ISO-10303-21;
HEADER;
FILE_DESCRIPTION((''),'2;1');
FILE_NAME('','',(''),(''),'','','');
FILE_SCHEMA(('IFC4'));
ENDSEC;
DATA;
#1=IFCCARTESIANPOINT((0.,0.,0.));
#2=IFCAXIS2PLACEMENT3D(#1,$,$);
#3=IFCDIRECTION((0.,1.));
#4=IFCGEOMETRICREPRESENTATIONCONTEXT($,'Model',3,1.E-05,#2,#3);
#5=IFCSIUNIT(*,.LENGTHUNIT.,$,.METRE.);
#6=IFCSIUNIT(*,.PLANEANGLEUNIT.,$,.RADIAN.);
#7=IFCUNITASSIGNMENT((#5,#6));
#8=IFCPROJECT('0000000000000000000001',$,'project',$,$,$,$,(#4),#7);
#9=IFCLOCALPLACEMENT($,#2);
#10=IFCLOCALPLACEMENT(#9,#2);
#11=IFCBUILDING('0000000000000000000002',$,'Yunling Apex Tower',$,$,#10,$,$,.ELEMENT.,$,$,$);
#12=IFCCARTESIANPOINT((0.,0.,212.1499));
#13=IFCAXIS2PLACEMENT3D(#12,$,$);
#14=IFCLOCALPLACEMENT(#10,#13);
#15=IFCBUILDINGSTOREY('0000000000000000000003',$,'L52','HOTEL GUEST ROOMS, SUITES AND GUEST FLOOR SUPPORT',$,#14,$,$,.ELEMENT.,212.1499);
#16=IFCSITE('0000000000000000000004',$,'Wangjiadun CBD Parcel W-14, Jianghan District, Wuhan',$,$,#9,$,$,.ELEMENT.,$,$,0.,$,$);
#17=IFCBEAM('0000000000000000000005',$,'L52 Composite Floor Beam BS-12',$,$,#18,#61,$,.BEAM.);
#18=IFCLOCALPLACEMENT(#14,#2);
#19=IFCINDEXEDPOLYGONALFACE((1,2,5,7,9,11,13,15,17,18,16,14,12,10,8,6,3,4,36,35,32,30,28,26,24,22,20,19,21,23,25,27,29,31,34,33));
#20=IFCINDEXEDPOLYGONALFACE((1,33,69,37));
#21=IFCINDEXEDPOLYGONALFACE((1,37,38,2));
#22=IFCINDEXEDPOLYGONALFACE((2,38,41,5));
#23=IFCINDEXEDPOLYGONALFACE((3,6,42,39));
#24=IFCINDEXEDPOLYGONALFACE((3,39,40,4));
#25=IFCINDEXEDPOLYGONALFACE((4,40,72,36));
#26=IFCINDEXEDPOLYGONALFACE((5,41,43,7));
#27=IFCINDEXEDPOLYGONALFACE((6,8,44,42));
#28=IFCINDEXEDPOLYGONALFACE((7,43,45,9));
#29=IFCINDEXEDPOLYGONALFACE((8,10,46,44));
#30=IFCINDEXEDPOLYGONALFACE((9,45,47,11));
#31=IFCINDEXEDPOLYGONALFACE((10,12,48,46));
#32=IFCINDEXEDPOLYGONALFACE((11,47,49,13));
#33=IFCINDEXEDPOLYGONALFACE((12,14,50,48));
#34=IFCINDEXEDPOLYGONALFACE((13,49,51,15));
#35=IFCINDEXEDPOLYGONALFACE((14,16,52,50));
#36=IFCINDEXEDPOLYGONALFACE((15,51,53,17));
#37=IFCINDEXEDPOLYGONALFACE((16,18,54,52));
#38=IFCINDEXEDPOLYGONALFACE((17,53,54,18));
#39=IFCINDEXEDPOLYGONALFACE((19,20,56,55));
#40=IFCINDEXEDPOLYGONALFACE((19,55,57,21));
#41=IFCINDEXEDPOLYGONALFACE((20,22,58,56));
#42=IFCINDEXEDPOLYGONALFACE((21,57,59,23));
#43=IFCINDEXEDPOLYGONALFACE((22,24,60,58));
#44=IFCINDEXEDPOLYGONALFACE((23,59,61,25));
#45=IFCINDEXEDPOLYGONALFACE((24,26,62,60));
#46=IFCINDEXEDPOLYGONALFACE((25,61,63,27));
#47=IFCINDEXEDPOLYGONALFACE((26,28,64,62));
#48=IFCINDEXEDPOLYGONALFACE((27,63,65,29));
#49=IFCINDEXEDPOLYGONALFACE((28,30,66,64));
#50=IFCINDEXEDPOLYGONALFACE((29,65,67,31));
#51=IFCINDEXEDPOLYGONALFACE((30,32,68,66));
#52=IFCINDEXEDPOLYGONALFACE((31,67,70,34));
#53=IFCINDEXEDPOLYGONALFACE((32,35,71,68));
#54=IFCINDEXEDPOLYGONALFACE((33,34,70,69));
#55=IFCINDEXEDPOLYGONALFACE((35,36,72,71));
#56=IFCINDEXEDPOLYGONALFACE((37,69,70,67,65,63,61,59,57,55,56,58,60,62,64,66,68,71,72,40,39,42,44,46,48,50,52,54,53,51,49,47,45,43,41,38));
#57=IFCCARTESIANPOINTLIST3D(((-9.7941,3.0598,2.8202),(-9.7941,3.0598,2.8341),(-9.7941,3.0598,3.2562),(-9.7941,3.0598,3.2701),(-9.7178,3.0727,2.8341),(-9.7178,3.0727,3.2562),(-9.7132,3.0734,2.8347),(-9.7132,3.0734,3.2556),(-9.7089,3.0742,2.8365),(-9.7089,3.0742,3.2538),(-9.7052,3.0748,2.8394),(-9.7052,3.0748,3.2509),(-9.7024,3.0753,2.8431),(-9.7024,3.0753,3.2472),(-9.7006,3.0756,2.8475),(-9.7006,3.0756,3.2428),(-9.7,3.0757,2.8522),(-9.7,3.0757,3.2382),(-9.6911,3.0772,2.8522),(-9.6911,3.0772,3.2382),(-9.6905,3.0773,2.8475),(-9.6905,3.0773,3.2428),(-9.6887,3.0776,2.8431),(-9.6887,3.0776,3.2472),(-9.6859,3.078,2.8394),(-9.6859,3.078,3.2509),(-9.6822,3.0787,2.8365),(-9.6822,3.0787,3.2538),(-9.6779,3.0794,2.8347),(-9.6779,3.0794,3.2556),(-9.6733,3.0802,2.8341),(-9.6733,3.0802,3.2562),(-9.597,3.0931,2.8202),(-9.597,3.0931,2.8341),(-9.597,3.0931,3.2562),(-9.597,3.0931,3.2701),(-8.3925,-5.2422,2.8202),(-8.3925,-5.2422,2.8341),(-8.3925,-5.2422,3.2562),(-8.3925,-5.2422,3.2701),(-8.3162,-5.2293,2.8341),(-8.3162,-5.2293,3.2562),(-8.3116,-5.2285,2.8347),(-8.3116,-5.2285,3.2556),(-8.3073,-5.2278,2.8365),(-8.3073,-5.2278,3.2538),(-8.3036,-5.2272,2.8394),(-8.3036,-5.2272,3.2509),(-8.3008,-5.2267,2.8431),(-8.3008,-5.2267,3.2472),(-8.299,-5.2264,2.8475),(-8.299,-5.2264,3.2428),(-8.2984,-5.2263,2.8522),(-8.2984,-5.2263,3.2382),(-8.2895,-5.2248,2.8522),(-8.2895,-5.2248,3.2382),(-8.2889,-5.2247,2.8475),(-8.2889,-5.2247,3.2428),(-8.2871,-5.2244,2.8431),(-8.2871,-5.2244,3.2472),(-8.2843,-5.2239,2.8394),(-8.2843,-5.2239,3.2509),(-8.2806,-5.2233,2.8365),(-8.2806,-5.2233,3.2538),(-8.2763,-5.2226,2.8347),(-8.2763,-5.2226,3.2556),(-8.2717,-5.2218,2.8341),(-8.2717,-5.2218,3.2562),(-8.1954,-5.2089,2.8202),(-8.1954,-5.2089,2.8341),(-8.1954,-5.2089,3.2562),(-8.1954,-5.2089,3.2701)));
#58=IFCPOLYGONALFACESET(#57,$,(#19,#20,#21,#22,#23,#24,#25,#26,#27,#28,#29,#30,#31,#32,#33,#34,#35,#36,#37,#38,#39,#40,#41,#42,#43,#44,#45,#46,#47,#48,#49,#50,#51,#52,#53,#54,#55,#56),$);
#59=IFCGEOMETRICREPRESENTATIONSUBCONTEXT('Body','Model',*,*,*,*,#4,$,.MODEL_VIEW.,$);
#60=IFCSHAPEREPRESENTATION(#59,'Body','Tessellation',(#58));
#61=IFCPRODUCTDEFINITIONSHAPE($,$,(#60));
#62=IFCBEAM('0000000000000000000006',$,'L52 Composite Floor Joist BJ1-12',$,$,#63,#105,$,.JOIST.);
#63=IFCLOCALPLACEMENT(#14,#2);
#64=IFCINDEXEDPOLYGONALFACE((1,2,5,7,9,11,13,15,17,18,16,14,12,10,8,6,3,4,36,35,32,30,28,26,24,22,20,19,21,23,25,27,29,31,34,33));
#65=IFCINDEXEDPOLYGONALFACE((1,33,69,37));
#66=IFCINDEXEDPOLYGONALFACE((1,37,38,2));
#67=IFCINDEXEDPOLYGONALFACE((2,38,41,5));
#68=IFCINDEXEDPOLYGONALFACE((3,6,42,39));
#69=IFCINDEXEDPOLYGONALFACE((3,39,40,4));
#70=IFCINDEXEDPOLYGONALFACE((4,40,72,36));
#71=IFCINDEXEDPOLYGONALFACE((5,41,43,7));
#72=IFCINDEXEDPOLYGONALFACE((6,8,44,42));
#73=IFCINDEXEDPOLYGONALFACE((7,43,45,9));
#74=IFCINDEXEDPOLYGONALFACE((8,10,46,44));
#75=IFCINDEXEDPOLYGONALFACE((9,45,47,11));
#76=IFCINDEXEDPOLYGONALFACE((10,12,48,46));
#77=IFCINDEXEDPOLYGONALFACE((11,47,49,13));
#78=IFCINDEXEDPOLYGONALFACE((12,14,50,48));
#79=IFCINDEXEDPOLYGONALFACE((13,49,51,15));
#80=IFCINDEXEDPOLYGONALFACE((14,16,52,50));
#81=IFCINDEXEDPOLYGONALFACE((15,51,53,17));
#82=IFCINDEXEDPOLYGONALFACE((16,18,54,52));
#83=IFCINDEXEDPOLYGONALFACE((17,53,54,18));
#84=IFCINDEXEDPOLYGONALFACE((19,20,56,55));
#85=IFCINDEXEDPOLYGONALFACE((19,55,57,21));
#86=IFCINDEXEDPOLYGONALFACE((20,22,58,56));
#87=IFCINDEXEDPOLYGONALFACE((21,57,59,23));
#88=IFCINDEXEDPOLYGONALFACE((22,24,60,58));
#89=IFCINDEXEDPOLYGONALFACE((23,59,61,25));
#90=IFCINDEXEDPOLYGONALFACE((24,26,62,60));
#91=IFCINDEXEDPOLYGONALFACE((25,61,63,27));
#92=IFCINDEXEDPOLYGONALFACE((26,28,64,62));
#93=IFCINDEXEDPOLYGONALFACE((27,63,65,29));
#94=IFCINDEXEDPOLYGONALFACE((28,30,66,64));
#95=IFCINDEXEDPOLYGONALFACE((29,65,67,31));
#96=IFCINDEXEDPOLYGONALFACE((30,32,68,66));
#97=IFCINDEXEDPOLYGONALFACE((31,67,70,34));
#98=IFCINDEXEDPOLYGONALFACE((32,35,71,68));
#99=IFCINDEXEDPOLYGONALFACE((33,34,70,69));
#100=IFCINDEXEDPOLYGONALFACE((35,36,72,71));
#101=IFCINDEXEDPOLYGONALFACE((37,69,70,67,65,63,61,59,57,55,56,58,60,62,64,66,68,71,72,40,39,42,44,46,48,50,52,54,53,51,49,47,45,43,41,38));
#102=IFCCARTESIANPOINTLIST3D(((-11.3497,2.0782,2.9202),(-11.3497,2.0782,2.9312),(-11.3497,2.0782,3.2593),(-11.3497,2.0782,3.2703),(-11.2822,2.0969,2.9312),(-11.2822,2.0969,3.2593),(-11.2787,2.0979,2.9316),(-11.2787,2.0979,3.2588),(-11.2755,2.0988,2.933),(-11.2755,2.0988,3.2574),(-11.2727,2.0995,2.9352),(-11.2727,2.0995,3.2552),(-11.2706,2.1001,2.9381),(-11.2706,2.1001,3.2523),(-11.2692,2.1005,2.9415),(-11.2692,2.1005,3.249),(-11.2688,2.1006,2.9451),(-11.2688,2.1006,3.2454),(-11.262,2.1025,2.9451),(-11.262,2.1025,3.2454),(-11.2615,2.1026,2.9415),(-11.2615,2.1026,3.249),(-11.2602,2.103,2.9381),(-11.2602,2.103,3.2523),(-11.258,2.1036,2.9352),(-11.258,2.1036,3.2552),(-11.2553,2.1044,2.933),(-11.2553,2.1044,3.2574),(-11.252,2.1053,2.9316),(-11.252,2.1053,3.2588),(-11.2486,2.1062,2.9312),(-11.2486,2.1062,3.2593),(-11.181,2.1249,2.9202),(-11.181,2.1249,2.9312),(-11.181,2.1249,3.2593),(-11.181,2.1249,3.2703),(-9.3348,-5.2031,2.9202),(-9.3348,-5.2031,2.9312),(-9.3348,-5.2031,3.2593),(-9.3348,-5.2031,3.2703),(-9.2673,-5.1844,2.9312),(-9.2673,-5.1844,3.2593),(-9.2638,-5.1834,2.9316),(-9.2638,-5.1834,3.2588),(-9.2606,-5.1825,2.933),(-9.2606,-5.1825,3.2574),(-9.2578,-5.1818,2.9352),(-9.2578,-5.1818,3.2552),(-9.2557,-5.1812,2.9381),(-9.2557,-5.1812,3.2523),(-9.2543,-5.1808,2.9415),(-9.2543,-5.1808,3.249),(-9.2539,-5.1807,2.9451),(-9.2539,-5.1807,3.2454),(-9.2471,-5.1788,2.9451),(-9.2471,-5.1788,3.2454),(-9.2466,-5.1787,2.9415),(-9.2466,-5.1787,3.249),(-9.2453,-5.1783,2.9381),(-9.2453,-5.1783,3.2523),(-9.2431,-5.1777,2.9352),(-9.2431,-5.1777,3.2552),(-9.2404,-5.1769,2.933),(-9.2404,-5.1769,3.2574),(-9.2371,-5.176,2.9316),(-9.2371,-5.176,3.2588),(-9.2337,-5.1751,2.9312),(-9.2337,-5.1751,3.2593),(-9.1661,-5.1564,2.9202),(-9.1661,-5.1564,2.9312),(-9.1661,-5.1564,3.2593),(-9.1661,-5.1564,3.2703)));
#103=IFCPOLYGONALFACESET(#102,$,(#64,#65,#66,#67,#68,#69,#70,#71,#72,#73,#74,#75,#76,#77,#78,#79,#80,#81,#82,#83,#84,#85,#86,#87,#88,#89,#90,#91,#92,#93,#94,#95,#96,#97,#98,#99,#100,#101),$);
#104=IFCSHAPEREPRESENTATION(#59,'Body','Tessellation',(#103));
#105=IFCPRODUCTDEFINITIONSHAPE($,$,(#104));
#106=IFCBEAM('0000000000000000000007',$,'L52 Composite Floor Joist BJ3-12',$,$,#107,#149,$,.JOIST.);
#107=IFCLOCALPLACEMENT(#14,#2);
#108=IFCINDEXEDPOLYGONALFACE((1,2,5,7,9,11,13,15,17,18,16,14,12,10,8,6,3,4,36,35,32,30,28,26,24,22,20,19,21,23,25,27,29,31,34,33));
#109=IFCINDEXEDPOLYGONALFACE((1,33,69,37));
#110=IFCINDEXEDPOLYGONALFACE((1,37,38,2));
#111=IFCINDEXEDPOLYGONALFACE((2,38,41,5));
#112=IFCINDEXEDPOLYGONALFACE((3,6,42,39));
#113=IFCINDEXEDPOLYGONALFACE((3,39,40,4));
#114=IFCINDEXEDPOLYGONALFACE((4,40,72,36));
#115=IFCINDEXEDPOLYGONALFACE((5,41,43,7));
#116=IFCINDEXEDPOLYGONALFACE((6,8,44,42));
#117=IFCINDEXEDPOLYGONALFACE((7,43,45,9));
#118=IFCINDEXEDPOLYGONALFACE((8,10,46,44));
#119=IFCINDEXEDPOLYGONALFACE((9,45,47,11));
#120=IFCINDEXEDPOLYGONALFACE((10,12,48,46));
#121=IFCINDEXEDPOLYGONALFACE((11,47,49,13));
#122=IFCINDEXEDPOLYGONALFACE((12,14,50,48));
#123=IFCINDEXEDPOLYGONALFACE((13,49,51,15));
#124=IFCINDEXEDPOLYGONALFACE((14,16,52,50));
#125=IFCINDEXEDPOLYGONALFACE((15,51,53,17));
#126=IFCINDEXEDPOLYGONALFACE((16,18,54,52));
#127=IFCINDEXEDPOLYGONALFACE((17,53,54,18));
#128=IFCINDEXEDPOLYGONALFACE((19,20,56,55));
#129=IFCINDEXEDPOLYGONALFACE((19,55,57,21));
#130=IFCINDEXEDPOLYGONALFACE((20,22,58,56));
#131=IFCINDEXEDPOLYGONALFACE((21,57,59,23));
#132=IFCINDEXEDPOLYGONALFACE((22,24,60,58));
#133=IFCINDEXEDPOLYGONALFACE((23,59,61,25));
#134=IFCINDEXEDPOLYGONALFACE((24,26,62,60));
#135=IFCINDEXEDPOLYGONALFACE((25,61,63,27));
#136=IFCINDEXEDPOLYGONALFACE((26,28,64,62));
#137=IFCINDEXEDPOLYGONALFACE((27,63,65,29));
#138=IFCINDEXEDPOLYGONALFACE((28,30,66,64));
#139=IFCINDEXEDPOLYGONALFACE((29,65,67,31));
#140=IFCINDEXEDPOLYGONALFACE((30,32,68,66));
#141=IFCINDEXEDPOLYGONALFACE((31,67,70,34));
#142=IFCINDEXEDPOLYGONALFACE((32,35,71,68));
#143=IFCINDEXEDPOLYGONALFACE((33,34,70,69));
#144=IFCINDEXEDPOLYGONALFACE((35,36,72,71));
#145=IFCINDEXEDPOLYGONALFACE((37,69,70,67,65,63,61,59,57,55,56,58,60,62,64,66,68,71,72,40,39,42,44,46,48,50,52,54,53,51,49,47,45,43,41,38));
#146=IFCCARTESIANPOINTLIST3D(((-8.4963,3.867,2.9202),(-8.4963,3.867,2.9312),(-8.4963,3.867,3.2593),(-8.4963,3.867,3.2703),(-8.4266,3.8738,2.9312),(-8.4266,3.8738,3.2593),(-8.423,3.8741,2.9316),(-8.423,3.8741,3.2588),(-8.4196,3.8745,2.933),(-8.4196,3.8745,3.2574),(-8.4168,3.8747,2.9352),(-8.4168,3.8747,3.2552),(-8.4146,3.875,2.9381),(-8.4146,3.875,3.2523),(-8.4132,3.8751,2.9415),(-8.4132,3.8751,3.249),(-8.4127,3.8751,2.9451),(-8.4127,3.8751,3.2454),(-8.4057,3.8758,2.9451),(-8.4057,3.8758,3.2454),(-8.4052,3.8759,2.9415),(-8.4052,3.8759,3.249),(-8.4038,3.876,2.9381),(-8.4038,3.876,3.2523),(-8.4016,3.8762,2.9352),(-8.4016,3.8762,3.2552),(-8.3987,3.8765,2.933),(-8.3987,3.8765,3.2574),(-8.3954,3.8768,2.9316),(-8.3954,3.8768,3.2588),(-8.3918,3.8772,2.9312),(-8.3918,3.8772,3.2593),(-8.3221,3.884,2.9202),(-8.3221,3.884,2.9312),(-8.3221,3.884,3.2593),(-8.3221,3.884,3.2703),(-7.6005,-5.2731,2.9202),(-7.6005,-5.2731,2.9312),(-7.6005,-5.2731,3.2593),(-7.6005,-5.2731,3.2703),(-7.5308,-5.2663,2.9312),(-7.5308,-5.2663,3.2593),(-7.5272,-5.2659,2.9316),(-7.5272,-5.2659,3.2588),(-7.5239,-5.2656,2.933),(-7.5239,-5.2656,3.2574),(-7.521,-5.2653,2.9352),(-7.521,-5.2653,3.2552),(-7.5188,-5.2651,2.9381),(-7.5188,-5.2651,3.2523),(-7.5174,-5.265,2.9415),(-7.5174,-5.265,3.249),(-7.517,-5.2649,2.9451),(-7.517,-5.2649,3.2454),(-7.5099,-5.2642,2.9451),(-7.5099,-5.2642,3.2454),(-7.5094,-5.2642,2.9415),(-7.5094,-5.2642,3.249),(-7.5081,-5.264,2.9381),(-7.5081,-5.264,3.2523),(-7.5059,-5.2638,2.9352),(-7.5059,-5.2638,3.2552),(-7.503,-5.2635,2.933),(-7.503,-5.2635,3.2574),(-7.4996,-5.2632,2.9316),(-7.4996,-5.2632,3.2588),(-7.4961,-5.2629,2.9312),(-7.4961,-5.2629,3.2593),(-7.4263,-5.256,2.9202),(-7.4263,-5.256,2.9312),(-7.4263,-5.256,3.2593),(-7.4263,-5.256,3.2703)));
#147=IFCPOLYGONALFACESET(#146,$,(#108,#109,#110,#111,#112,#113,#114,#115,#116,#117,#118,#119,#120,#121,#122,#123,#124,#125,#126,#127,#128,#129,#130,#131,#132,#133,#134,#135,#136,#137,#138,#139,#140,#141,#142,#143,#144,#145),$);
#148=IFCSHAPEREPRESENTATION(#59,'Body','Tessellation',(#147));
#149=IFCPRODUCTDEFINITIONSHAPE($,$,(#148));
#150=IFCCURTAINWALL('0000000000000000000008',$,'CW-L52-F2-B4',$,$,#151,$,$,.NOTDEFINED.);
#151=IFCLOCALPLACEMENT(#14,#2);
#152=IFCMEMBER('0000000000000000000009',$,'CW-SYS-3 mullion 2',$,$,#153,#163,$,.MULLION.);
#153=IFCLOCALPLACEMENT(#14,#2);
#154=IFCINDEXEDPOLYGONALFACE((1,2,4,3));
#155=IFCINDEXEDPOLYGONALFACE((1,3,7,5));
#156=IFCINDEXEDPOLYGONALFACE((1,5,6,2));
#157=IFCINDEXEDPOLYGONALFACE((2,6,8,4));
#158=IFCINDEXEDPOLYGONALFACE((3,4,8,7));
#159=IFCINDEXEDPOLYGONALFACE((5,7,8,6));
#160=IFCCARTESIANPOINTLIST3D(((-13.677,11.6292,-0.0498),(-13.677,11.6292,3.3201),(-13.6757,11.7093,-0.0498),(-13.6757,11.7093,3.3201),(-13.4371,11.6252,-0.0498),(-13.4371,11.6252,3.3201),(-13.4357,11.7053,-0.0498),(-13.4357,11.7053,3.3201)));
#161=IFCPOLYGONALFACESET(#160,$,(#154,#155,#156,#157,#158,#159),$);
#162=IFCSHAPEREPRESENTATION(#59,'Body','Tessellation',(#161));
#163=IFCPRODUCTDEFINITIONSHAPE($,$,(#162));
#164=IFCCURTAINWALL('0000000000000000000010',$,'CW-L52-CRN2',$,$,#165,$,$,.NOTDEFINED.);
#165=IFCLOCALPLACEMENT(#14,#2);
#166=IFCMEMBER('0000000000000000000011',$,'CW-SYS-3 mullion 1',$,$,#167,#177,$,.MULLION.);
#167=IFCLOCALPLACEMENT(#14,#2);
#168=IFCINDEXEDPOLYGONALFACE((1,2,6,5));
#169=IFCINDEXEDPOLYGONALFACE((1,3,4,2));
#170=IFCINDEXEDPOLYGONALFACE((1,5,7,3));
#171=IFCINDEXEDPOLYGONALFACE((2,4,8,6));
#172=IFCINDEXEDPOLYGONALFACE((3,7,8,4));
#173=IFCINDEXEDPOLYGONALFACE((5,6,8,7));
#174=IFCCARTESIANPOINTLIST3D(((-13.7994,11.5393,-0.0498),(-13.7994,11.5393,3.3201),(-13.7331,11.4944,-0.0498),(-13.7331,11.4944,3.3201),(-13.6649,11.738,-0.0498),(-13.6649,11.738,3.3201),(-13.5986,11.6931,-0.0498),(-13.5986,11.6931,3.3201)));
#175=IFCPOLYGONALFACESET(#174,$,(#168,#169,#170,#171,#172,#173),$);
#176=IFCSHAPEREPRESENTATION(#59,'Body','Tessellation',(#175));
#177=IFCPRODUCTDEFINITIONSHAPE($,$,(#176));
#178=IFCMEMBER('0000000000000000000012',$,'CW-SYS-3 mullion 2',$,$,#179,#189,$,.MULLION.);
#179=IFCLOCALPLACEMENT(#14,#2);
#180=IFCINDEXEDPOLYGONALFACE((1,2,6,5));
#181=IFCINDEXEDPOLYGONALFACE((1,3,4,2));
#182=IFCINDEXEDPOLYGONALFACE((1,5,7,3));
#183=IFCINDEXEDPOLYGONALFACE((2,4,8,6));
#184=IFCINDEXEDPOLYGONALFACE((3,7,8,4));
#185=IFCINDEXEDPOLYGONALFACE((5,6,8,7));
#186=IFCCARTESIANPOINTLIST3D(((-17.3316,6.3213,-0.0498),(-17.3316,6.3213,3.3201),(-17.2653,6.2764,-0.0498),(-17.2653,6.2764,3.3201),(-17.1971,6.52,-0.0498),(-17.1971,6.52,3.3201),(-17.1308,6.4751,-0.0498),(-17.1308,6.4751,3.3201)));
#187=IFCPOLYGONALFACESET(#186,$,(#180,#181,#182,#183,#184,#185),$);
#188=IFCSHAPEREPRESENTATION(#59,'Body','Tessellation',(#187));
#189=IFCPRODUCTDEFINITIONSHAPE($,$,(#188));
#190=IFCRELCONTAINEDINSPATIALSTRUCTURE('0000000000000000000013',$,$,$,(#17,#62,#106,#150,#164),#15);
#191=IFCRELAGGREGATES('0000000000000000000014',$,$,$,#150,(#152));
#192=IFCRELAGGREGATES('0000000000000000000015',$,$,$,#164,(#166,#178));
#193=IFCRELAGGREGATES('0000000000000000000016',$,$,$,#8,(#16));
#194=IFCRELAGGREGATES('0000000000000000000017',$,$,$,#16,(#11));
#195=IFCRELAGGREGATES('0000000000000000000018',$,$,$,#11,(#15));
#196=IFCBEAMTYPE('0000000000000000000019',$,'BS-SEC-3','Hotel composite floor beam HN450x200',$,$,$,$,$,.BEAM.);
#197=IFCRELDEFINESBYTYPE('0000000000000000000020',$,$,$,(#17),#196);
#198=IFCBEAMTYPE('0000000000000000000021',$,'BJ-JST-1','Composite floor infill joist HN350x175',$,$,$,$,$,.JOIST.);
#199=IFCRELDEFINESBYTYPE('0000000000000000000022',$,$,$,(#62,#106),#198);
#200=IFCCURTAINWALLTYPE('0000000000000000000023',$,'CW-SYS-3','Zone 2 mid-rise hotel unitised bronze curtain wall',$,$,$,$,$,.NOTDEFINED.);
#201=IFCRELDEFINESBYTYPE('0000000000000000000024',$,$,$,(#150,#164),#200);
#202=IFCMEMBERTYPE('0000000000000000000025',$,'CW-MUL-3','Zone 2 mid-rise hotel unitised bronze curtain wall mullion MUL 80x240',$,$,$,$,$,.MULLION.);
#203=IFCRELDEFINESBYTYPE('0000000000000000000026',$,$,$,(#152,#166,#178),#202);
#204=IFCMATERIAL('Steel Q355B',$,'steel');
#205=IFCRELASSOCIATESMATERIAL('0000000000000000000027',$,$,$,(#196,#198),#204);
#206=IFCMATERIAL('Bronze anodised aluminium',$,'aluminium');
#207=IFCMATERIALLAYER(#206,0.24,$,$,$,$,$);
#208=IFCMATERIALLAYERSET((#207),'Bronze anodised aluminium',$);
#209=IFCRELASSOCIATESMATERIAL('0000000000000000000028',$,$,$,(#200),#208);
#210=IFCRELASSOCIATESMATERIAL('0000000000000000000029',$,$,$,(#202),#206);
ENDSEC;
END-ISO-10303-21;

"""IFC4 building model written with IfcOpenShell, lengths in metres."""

from ifc_helpers import new_model, si_unit, direction, frame, origin, origin_2d, place, context, subcontext, project, spatial, rectangle, i_section, extrude, source, transform, mapped, material, layer, layer_set, material_profile, profile_set, type_object, element, aggregate, save


model = new_model("IFC4")

# Units and contexts
model_context = context("Model", 3, precision=1e-05, world=origin(), true_north=direction((0.0, 1.0)))
body_context = subcontext(model_context, "Body", "Model", "MODEL_VIEW")
ifc_project = project(units=[si_unit("LENGTHUNIT", "METRE"), si_unit("PLANEANGLEUNIT", "RADIAN")], contexts=[model_context])

# Site, building, storey
site_placement = place(None, origin())
site = spatial("IfcSite", under=ifc_project, at=site_placement, Name="Wangjiadun CBD Parcel W-14, Jianghan District, Wuhan", CompositionType="ELEMENT", RefElevation=0.0)
building_placement = place(site_placement, origin())
building = spatial("IfcBuilding", under=site, at=building_placement, Name="Yunling Apex Tower", CompositionType="ELEMENT")
storey_placement = place(building_placement, frame((0.0, 0.0, 212.1499)))
storey = spatial("IfcBuildingStorey", under=building, at=storey_placement, Name="L52", Description="HOTEL GUEST ROOMS, SUITES AND GUEST FLOOR SUPPORT", CompositionType="ELEMENT", Elevation=212.1499)

# Beams
ifc_material_1 = material(Name="Steel Q355B", Category="steel")
ifc_material_profile_1 = material_profile(ifc_material_1, i_section(OverallWidth=0.2, OverallDepth=0.45, WebThickness=0.009, FlangeThickness=0.0139, FilletRadius=0.0181, at=origin_2d()))
ifc_profile_set_1 = profile_set([ifc_material_profile_1], Name="Steel Q355B")
beam_type_1 = type_object("IfcBeamType", Name="BS-SEC-3", Description="Hotel composite floor beam HN450x200", PredefinedType="BEAM", material=ifc_profile_set_1)
ifc_material_profile_2 = material_profile(ifc_material_1, i_section(OverallWidth=0.175, OverallDepth=0.3501, WebThickness=0.0071, FlangeThickness=0.011, FilletRadius=0.0139, at=origin_2d()))
ifc_profile_set_2 = profile_set([ifc_material_profile_2], Name="Steel Q355B")
beam_type_2 = type_object("IfcBeamType", Name="BJ-JST-1", Description="Composite floor infill joist HN350x175", PredefinedType="JOIST", material=ifc_profile_set_2)
shared_shape_1 = source(origin(), body_context, "Body", "SweptSolid", [
    extrude(i_section(OverallWidth=0.2, OverallDepth=0.45, WebThickness=0.009, FlangeThickness=0.0139, FilletRadius=0.0181, at=origin_2d()), origin(), (0.0, 0.0, 1.0), 8.4194),
])
beam_1_placement = place(storey_placement, frame((-9.6956, 3.0764, 3.0452), z_axis=(0.166472, -0.986046, 0.0), x_axis=(0.986046, 0.166472, 0.0)))
element("IfcBeam", 1, at=beam_1_placement, inside=storey, type_object=beam_type_1, Name="L52 Composite Floor Beam BS-12", PredefinedType="BEAM", context=body_context, shape_type="MappedRepresentation", body=[
    mapped(shared_shape_1, transform((0.0, 0.0, 0.0), scale=1.0)),
])
shared_shape_2 = source(origin(), body_context, "Body", "SweptSolid", [
    extrude(i_section(OverallWidth=0.175, OverallDepth=0.3501, WebThickness=0.0071, FlangeThickness=0.011, FilletRadius=0.0139, at=origin_2d()), origin(), (0.0, 0.0, 1.0), 7.5549),
])
beam_2_placement = place(storey_placement, frame((-11.2654, 2.1016, 3.0952), z_axis=(0.2667, -0.963779, 0.0), x_axis=(0.963779, 0.2667, 0.0)))
element("IfcBeam", 2, at=beam_2_placement, inside=storey, type_object=beam_type_2, Name="L52 Composite Floor Joist BJ1-12", PredefinedType="JOIST", context=body_context, shape_type="MappedRepresentation", body=[
    mapped(shared_shape_2, transform((0.0, 0.0, 0.0), scale=1.0)),
])
shared_shape_3 = source(origin(), body_context, "Body", "SweptSolid", [
    extrude(i_section(OverallWidth=0.175, OverallDepth=0.3501, WebThickness=0.0071, FlangeThickness=0.011, FilletRadius=0.0139, at=origin_2d()), origin(), (0.0, 0.0, 1.0), 9.1838),
])
beam_3_placement = place(storey_placement, frame((-8.4092, 3.8755, 3.0952), z_axis=(0.097535, -0.995232, 0.0), x_axis=(0.995232, 0.097535, 0.0)))
element("IfcBeam", 3, at=beam_3_placement, inside=storey, type_object=beam_type_2, Name="L52 Composite Floor Joist BJ3-12", PredefinedType="JOIST", context=body_context, shape_type="MappedRepresentation", body=[
    mapped(shared_shape_3, transform((0.0, 0.0, 0.0), scale=1.0)),
])

# Curtain wall, member
ifc_material_2 = material(Name="Bronze anodised aluminium", Category="aluminium")
ifc_layer_1 = layer(ifc_material_2, 0.24)
ifc_layer_set_1 = layer_set([ifc_layer_1], Name="Bronze anodised aluminium")
curtain_wall_type = type_object("IfcCurtainWallType", Name="CW-SYS-3", Description="Zone 2 mid-rise hotel unitised bronze curtain wall", PredefinedType="NOTDEFINED", material=ifc_layer_set_1)
curtain_wall_1_placement = place(storey_placement, origin())
curtain_wall_1 = element("IfcCurtainWall", 4, at=curtain_wall_1_placement, inside=storey, type_object=curtain_wall_type, Name="CW-L52-F2-B4", PredefinedType="NOTDEFINED")
ifc_material_profile_3 = material_profile(ifc_material_2, rectangle(XDim=0.0801, YDim=0.24, at=origin_2d()))
ifc_profile_set_3 = profile_set([ifc_material_profile_3], Name="Bronze anodised aluminium")
member_type_1 = type_object("IfcMemberType", Name="CW-MUL-3", Description="Zone 2 mid-rise hotel unitised bronze curtain wall mullion MUL 80x240", PredefinedType="MULLION", material=ifc_profile_set_3)
shared_shape_4 = source(origin(), body_context, "Body", "SweptSolid", [
    extrude(rectangle(XDim=0.0801, YDim=0.24, at=origin_2d()), origin(), (0.0, 0.0, 1.0), 3.3699),
])
member_1_placement = place(storey_placement, frame((-13.5564, 11.6672, -0.0498), z_axis=(0.0, 0.0, 1.0), x_axis=(-0.016761, -0.99986, 0.0)))
member_1 = element("IfcMember", 5, at=member_1_placement, type_object=member_type_1, Name="CW-SYS-3 mullion 2", PredefinedType="MULLION", context=body_context, shape_type="MappedRepresentation", body=[
    mapped(shared_shape_4, transform((0.0, 0.0, 0.0), scale=1.0)),
])

# Curtain wall, members
curtain_wall_2_placement = place(storey_placement, origin())
curtain_wall_2 = element("IfcCurtainWall", 6, at=curtain_wall_2_placement, inside=storey, type_object=curtain_wall_type, Name="CW-L52-CRN2", PredefinedType="NOTDEFINED")
member_2_placement = place(storey_placement, frame((-13.699, 11.6162, -0.0498), z_axis=(0.0, 0.0, 1.0), x_axis=(0.828107, -0.56057, 0.0)))
member_2 = element("IfcMember", 7, at=member_2_placement, type_object=member_type_1, Name="CW-SYS-3 mullion 1", PredefinedType="MULLION", context=body_context, shape_type="MappedRepresentation", body=[
    mapped(shared_shape_4, transform((0.0, 0.0, 0.0), scale=1.0)),
])
member_3_placement = place(storey_placement, frame((-17.2312, 6.3982, -0.0498), z_axis=(0.0, 0.0, 1.0), x_axis=(0.828107, -0.56057, 0.0)))
member_3 = element("IfcMember", 8, at=member_3_placement, type_object=member_type_1, Name="CW-SYS-3 mullion 2", PredefinedType="MULLION", context=body_context, shape_type="MappedRepresentation", body=[
    mapped(shared_shape_4, transform((0.0, 0.0, 0.0), scale=1.0)),
])

aggregate(curtain_wall_1, [member_1])
aggregate(curtain_wall_2, [member_2, member_3])

save(model, "model.ifc")
